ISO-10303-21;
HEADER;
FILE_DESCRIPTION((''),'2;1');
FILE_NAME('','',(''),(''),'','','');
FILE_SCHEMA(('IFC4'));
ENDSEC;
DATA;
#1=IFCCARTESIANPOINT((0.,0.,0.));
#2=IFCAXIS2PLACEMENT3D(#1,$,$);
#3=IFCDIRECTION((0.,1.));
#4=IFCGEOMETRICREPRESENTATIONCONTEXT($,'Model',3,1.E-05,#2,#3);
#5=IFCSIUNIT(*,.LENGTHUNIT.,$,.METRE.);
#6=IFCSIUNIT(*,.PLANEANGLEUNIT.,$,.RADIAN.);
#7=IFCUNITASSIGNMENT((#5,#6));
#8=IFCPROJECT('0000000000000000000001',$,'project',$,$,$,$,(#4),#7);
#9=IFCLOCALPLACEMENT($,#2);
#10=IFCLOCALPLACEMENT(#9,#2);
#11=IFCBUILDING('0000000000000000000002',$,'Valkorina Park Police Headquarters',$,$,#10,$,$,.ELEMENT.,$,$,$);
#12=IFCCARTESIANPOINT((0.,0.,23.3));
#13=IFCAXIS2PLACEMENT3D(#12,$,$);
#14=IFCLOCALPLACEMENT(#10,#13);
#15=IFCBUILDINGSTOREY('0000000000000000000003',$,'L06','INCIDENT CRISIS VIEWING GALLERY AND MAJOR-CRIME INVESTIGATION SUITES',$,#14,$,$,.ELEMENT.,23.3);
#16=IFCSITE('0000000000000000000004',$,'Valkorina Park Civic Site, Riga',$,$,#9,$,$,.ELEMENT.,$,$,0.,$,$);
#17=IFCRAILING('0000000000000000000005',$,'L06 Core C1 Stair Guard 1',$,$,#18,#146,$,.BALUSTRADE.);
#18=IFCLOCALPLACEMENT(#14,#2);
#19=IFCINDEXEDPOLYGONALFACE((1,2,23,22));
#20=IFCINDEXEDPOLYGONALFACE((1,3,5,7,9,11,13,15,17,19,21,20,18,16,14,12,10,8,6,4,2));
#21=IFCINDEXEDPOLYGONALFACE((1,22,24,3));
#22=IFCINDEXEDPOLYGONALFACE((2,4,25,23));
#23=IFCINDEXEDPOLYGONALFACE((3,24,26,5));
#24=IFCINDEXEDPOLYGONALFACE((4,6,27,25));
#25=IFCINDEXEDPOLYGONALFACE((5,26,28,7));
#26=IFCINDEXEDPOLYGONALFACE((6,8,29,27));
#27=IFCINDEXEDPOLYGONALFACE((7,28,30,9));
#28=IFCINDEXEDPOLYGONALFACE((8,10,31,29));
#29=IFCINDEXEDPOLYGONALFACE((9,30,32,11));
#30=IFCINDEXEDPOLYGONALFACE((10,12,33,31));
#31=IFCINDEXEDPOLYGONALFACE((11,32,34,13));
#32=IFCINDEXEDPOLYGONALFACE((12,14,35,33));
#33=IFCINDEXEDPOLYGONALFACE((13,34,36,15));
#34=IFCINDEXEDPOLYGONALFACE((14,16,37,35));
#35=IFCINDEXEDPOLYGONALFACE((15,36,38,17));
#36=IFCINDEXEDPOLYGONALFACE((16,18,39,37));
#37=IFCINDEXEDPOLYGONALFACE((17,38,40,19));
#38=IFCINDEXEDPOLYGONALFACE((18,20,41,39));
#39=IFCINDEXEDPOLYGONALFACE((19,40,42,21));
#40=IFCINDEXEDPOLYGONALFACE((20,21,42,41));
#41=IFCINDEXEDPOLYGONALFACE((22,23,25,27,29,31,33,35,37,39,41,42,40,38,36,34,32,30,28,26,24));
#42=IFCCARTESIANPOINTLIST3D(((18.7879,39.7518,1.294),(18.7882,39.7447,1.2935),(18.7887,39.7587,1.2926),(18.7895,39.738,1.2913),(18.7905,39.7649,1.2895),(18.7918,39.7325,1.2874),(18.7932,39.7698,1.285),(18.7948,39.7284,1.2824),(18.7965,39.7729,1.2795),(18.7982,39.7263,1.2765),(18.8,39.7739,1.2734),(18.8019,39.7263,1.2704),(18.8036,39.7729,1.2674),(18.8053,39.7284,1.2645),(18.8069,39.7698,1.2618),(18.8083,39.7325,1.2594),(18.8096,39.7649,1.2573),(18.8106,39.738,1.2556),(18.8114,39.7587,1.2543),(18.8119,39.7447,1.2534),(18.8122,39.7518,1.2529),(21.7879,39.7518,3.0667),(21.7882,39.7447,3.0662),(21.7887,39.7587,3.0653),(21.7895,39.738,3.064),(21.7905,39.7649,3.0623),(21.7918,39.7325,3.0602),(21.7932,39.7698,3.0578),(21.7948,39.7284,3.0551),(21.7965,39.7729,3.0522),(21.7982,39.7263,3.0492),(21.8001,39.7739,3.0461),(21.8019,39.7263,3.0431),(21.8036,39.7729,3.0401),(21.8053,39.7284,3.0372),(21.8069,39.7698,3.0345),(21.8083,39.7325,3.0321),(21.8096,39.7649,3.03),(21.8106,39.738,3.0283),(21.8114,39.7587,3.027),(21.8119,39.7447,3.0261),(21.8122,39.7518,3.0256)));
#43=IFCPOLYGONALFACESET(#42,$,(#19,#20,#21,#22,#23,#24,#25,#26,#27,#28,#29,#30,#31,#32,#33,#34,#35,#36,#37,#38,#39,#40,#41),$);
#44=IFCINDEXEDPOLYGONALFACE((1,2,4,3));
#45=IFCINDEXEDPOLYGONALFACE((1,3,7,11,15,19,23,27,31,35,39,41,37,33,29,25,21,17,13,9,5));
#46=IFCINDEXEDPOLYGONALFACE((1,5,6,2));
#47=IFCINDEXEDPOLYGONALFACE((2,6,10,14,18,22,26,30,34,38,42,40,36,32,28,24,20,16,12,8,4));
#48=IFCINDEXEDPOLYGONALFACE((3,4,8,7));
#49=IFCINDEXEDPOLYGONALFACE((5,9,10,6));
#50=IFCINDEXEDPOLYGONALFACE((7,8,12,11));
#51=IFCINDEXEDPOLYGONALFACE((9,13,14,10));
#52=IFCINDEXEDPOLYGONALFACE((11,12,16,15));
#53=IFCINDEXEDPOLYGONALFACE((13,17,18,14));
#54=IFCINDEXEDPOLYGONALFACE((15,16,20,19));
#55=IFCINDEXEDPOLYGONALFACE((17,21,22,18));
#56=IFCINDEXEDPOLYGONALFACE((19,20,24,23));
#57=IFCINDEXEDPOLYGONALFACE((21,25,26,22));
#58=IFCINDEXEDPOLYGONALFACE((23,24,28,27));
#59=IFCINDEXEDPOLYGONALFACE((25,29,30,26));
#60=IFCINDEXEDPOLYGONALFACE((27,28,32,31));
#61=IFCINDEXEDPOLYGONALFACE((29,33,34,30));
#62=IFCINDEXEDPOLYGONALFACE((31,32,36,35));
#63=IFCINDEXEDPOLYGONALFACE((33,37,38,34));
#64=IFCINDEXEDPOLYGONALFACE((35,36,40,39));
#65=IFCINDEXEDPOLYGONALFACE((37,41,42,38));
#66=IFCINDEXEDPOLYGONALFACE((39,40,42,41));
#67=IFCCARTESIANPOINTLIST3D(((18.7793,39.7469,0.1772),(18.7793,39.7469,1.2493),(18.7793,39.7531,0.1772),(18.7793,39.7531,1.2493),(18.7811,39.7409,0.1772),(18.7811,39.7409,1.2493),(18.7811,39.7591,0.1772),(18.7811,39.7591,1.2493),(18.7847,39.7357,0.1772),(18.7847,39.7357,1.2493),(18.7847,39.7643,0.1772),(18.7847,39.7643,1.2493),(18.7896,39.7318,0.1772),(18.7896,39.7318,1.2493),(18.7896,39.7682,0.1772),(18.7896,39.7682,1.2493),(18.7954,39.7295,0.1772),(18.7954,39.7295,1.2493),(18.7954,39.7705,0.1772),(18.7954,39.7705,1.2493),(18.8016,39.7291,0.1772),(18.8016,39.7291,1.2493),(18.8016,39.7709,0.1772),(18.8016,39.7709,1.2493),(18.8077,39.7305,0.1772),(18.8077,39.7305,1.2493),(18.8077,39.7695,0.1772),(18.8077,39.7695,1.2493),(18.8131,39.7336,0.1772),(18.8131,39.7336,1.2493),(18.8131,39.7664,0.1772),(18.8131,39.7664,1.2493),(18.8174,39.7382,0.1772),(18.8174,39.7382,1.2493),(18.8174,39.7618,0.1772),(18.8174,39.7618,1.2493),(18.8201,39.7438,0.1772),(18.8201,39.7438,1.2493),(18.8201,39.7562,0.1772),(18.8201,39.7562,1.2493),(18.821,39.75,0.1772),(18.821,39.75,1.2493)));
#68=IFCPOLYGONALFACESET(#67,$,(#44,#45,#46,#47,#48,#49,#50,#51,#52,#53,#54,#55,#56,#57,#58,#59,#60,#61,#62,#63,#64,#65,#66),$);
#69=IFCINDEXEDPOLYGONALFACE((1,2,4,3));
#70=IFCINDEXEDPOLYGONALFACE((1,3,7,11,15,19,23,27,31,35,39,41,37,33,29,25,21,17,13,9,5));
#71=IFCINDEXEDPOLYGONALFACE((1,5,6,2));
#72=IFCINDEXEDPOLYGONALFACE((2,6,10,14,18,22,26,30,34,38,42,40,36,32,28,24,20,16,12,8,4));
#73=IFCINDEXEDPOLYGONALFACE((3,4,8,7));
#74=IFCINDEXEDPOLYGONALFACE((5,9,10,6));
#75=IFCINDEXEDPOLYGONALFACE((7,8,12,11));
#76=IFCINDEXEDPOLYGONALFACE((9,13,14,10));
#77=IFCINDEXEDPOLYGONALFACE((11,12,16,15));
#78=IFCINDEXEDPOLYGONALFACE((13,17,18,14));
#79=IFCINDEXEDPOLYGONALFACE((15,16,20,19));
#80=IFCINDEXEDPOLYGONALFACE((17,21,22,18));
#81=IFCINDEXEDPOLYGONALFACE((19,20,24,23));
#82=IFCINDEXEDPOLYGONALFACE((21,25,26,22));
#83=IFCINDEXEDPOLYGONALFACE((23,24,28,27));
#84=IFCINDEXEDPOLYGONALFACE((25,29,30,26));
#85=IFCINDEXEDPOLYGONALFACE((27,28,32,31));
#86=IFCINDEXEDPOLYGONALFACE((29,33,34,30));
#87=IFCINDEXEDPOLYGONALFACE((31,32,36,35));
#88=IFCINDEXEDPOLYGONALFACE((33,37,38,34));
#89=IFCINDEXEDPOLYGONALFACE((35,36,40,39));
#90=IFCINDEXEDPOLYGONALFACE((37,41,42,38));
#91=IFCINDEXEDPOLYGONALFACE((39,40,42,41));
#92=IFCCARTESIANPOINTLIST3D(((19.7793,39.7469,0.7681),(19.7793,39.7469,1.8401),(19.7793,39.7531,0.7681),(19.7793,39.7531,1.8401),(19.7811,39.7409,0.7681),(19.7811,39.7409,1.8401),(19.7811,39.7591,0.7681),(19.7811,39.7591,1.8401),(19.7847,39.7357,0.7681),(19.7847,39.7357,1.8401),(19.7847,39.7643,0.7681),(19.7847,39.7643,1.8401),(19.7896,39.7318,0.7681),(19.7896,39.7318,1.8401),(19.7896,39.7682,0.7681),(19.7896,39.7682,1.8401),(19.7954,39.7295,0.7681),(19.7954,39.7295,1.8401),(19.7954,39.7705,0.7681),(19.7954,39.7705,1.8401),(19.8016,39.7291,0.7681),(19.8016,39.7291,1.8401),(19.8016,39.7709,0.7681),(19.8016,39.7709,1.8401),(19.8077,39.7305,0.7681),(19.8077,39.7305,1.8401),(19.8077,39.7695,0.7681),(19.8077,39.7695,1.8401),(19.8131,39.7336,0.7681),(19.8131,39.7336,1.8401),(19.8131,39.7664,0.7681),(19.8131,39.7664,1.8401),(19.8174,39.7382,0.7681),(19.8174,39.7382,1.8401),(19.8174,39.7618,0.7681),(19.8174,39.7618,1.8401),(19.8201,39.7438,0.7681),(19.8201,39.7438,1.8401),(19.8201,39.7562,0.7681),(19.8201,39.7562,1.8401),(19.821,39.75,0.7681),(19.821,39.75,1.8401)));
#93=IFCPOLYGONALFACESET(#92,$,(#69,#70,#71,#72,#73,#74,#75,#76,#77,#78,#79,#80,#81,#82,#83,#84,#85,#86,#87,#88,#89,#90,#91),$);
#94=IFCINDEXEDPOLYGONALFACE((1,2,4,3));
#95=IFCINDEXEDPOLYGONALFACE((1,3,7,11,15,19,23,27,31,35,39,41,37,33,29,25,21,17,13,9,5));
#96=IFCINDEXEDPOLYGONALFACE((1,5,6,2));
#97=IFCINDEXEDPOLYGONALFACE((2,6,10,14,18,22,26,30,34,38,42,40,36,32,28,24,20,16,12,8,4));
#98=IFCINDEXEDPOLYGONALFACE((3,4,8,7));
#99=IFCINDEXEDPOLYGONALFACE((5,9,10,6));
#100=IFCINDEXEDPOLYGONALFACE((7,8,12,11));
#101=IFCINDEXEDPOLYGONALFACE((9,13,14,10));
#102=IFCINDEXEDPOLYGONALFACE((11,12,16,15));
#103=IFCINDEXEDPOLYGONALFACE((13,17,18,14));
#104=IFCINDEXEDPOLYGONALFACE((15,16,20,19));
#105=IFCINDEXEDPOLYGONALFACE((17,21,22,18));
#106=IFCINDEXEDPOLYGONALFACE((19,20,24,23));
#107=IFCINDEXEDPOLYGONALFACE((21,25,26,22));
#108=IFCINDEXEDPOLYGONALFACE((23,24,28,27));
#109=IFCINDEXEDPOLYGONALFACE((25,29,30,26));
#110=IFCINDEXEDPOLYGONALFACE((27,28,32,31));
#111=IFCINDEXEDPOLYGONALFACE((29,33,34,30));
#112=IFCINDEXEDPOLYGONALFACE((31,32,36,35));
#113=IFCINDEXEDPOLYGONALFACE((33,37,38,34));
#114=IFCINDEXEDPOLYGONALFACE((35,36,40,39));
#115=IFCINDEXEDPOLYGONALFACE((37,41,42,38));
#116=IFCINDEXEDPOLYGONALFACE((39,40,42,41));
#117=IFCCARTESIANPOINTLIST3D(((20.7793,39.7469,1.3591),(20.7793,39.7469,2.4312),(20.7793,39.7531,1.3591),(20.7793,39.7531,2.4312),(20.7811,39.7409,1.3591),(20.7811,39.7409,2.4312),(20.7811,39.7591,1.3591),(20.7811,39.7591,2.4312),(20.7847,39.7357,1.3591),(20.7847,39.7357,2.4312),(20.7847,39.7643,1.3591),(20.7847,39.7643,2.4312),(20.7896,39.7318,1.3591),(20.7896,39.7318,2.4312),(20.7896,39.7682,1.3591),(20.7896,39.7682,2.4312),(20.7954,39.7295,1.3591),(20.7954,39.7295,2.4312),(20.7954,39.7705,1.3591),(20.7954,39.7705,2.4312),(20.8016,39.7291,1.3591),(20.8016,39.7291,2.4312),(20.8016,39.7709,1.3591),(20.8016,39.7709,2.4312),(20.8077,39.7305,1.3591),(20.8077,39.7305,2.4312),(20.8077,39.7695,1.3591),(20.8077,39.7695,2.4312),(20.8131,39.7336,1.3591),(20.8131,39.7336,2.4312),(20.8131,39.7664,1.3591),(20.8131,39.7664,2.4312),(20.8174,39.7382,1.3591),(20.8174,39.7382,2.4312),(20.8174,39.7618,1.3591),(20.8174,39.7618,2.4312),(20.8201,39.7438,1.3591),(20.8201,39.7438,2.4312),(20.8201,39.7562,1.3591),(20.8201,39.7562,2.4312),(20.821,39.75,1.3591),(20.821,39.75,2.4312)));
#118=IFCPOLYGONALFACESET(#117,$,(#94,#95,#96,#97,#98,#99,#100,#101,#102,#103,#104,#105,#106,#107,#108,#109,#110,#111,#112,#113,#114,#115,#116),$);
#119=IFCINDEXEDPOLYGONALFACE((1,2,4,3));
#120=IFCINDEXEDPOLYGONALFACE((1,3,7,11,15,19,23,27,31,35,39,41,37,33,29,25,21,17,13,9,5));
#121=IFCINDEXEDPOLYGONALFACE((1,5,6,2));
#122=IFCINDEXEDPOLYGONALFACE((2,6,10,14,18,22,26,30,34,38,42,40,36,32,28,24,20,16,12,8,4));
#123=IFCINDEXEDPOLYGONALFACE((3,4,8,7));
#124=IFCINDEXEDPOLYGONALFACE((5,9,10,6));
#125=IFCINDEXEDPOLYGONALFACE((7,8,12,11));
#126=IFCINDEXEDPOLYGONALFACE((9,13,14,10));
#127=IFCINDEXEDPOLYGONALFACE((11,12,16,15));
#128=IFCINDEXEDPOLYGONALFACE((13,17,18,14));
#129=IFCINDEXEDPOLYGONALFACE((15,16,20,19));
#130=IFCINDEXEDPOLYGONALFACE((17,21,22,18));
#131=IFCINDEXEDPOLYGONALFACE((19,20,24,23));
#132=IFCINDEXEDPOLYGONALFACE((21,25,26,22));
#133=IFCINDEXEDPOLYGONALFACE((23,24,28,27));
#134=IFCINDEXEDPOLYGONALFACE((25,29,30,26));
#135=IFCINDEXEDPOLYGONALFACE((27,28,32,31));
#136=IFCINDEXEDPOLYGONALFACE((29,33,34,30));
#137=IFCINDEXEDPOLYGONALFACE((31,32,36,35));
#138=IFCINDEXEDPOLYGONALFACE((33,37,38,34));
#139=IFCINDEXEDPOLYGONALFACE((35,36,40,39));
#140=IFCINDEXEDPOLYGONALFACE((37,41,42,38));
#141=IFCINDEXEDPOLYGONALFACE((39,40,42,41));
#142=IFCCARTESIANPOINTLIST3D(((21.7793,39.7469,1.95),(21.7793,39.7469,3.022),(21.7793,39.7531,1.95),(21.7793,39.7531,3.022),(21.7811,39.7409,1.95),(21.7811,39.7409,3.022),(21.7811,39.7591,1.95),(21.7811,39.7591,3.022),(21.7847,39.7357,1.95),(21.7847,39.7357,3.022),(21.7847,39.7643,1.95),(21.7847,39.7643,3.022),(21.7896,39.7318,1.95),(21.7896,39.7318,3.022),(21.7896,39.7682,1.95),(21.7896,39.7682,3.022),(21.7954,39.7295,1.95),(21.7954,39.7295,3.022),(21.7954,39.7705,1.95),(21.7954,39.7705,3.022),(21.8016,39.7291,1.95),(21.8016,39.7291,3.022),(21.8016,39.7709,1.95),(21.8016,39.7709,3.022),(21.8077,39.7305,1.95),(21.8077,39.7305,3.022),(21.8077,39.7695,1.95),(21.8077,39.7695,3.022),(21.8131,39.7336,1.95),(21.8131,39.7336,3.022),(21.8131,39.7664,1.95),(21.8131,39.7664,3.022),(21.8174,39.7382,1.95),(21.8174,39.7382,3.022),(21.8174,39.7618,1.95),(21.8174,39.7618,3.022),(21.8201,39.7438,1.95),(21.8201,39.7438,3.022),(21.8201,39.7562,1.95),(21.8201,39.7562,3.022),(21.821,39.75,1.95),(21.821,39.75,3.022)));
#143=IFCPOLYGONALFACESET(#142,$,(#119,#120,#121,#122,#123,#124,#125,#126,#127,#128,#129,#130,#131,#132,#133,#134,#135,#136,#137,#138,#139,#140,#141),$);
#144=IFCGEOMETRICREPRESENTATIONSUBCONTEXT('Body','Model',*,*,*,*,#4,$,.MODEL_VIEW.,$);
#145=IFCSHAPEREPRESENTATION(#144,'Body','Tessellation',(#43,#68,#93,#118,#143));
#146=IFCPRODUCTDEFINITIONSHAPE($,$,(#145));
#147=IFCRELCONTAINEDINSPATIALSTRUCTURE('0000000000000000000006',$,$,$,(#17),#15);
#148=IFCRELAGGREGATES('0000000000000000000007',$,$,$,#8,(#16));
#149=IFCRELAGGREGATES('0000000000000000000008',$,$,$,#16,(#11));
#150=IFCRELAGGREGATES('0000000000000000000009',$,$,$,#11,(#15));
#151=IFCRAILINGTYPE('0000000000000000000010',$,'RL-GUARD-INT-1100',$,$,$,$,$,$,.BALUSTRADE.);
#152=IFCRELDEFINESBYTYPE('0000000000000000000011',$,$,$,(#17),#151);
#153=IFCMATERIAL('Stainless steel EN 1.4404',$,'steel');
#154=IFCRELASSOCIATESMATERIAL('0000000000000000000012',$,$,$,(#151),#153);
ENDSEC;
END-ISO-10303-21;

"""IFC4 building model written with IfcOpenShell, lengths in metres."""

from ifc_helpers import new_model, si_unit, direction, frame, origin, origin_2d, place, context, subcontext, project, spatial, circle, extrude, material, type_object, element, save


model = new_model("IFC4")

# Units and contexts
model_context = context("Model", 3, precision=1e-05, world=origin(), true_north=direction((0.0, 1.0)))
body_context = subcontext(model_context, "Body", "Model", "MODEL_VIEW")
ifc_project = project(units=[si_unit("LENGTHUNIT", "METRE"), si_unit("PLANEANGLEUNIT", "RADIAN")], contexts=[model_context])

# Site, building, storey
site_placement = place(None, origin())
site = spatial("IfcSite", under=ifc_project, at=site_placement, Name="Valkorina Park Civic Site, Riga", CompositionType="ELEMENT", RefElevation=0.0)
building_placement = place(site_placement, origin())
building = spatial("IfcBuilding", under=site, at=building_placement, Name="Valkorina Park Police Headquarters", CompositionType="ELEMENT")
storey_placement = place(building_placement, frame((0.0, 0.0, 23.3)))
storey = spatial("IfcBuildingStorey", under=building, at=storey_placement, Name="L06", Description="INCIDENT CRISIS VIEWING GALLERY AND MAJOR-CRIME INVESTIGATION SUITES", CompositionType="ELEMENT", Elevation=23.3)

# Railing
ifc_material_1 = material(Name="Stainless steel EN 1.4404", Category="steel")
railing_type_1 = type_object("IfcRailingType", Name="RL-GUARD-INT-1100", PredefinedType="BALUSTRADE", material=ifc_material_1)
railing_1_placement = place(storey_placement, frame((18.8, 39.75, 0.1772)))
element("IfcRailing", 1, at=railing_1_placement, inside=storey, type_object=railing_type_1, Name="L06 Core C1 Stair Guard 1", PredefinedType="BALUSTRADE", context=body_context, shape_type="SweptSolid", body=[
    extrude(circle(Radius=0.0239, at=origin_2d()), frame((0.0, 0.0, 1.0962), z_axis=(0.860929, 0.0, 0.508725), x_axis=(0.0, 1.0, 0.0)), (0.0, 0.0, 1.0), 3.4846),
    extrude(circle(Radius=0.021, at=origin_2d()), origin(), (0.0, 0.0, 1.0), 1.072),
    extrude(circle(Radius=0.021, at=origin_2d()), frame((1.0, 0.0, 0.5908)), (0.0, 0.0, 1.0), 1.072),
    extrude(circle(Radius=0.021, at=origin_2d()), frame((2.0, 0.0, 1.1819)), (0.0, 0.0, 1.0), 1.072),
    extrude(circle(Radius=0.021, at=origin_2d()), frame((3.0, 0.0, 1.7727)), (0.0, 0.0, 1.0), 1.072),
])

save(model, "model.ifc")
